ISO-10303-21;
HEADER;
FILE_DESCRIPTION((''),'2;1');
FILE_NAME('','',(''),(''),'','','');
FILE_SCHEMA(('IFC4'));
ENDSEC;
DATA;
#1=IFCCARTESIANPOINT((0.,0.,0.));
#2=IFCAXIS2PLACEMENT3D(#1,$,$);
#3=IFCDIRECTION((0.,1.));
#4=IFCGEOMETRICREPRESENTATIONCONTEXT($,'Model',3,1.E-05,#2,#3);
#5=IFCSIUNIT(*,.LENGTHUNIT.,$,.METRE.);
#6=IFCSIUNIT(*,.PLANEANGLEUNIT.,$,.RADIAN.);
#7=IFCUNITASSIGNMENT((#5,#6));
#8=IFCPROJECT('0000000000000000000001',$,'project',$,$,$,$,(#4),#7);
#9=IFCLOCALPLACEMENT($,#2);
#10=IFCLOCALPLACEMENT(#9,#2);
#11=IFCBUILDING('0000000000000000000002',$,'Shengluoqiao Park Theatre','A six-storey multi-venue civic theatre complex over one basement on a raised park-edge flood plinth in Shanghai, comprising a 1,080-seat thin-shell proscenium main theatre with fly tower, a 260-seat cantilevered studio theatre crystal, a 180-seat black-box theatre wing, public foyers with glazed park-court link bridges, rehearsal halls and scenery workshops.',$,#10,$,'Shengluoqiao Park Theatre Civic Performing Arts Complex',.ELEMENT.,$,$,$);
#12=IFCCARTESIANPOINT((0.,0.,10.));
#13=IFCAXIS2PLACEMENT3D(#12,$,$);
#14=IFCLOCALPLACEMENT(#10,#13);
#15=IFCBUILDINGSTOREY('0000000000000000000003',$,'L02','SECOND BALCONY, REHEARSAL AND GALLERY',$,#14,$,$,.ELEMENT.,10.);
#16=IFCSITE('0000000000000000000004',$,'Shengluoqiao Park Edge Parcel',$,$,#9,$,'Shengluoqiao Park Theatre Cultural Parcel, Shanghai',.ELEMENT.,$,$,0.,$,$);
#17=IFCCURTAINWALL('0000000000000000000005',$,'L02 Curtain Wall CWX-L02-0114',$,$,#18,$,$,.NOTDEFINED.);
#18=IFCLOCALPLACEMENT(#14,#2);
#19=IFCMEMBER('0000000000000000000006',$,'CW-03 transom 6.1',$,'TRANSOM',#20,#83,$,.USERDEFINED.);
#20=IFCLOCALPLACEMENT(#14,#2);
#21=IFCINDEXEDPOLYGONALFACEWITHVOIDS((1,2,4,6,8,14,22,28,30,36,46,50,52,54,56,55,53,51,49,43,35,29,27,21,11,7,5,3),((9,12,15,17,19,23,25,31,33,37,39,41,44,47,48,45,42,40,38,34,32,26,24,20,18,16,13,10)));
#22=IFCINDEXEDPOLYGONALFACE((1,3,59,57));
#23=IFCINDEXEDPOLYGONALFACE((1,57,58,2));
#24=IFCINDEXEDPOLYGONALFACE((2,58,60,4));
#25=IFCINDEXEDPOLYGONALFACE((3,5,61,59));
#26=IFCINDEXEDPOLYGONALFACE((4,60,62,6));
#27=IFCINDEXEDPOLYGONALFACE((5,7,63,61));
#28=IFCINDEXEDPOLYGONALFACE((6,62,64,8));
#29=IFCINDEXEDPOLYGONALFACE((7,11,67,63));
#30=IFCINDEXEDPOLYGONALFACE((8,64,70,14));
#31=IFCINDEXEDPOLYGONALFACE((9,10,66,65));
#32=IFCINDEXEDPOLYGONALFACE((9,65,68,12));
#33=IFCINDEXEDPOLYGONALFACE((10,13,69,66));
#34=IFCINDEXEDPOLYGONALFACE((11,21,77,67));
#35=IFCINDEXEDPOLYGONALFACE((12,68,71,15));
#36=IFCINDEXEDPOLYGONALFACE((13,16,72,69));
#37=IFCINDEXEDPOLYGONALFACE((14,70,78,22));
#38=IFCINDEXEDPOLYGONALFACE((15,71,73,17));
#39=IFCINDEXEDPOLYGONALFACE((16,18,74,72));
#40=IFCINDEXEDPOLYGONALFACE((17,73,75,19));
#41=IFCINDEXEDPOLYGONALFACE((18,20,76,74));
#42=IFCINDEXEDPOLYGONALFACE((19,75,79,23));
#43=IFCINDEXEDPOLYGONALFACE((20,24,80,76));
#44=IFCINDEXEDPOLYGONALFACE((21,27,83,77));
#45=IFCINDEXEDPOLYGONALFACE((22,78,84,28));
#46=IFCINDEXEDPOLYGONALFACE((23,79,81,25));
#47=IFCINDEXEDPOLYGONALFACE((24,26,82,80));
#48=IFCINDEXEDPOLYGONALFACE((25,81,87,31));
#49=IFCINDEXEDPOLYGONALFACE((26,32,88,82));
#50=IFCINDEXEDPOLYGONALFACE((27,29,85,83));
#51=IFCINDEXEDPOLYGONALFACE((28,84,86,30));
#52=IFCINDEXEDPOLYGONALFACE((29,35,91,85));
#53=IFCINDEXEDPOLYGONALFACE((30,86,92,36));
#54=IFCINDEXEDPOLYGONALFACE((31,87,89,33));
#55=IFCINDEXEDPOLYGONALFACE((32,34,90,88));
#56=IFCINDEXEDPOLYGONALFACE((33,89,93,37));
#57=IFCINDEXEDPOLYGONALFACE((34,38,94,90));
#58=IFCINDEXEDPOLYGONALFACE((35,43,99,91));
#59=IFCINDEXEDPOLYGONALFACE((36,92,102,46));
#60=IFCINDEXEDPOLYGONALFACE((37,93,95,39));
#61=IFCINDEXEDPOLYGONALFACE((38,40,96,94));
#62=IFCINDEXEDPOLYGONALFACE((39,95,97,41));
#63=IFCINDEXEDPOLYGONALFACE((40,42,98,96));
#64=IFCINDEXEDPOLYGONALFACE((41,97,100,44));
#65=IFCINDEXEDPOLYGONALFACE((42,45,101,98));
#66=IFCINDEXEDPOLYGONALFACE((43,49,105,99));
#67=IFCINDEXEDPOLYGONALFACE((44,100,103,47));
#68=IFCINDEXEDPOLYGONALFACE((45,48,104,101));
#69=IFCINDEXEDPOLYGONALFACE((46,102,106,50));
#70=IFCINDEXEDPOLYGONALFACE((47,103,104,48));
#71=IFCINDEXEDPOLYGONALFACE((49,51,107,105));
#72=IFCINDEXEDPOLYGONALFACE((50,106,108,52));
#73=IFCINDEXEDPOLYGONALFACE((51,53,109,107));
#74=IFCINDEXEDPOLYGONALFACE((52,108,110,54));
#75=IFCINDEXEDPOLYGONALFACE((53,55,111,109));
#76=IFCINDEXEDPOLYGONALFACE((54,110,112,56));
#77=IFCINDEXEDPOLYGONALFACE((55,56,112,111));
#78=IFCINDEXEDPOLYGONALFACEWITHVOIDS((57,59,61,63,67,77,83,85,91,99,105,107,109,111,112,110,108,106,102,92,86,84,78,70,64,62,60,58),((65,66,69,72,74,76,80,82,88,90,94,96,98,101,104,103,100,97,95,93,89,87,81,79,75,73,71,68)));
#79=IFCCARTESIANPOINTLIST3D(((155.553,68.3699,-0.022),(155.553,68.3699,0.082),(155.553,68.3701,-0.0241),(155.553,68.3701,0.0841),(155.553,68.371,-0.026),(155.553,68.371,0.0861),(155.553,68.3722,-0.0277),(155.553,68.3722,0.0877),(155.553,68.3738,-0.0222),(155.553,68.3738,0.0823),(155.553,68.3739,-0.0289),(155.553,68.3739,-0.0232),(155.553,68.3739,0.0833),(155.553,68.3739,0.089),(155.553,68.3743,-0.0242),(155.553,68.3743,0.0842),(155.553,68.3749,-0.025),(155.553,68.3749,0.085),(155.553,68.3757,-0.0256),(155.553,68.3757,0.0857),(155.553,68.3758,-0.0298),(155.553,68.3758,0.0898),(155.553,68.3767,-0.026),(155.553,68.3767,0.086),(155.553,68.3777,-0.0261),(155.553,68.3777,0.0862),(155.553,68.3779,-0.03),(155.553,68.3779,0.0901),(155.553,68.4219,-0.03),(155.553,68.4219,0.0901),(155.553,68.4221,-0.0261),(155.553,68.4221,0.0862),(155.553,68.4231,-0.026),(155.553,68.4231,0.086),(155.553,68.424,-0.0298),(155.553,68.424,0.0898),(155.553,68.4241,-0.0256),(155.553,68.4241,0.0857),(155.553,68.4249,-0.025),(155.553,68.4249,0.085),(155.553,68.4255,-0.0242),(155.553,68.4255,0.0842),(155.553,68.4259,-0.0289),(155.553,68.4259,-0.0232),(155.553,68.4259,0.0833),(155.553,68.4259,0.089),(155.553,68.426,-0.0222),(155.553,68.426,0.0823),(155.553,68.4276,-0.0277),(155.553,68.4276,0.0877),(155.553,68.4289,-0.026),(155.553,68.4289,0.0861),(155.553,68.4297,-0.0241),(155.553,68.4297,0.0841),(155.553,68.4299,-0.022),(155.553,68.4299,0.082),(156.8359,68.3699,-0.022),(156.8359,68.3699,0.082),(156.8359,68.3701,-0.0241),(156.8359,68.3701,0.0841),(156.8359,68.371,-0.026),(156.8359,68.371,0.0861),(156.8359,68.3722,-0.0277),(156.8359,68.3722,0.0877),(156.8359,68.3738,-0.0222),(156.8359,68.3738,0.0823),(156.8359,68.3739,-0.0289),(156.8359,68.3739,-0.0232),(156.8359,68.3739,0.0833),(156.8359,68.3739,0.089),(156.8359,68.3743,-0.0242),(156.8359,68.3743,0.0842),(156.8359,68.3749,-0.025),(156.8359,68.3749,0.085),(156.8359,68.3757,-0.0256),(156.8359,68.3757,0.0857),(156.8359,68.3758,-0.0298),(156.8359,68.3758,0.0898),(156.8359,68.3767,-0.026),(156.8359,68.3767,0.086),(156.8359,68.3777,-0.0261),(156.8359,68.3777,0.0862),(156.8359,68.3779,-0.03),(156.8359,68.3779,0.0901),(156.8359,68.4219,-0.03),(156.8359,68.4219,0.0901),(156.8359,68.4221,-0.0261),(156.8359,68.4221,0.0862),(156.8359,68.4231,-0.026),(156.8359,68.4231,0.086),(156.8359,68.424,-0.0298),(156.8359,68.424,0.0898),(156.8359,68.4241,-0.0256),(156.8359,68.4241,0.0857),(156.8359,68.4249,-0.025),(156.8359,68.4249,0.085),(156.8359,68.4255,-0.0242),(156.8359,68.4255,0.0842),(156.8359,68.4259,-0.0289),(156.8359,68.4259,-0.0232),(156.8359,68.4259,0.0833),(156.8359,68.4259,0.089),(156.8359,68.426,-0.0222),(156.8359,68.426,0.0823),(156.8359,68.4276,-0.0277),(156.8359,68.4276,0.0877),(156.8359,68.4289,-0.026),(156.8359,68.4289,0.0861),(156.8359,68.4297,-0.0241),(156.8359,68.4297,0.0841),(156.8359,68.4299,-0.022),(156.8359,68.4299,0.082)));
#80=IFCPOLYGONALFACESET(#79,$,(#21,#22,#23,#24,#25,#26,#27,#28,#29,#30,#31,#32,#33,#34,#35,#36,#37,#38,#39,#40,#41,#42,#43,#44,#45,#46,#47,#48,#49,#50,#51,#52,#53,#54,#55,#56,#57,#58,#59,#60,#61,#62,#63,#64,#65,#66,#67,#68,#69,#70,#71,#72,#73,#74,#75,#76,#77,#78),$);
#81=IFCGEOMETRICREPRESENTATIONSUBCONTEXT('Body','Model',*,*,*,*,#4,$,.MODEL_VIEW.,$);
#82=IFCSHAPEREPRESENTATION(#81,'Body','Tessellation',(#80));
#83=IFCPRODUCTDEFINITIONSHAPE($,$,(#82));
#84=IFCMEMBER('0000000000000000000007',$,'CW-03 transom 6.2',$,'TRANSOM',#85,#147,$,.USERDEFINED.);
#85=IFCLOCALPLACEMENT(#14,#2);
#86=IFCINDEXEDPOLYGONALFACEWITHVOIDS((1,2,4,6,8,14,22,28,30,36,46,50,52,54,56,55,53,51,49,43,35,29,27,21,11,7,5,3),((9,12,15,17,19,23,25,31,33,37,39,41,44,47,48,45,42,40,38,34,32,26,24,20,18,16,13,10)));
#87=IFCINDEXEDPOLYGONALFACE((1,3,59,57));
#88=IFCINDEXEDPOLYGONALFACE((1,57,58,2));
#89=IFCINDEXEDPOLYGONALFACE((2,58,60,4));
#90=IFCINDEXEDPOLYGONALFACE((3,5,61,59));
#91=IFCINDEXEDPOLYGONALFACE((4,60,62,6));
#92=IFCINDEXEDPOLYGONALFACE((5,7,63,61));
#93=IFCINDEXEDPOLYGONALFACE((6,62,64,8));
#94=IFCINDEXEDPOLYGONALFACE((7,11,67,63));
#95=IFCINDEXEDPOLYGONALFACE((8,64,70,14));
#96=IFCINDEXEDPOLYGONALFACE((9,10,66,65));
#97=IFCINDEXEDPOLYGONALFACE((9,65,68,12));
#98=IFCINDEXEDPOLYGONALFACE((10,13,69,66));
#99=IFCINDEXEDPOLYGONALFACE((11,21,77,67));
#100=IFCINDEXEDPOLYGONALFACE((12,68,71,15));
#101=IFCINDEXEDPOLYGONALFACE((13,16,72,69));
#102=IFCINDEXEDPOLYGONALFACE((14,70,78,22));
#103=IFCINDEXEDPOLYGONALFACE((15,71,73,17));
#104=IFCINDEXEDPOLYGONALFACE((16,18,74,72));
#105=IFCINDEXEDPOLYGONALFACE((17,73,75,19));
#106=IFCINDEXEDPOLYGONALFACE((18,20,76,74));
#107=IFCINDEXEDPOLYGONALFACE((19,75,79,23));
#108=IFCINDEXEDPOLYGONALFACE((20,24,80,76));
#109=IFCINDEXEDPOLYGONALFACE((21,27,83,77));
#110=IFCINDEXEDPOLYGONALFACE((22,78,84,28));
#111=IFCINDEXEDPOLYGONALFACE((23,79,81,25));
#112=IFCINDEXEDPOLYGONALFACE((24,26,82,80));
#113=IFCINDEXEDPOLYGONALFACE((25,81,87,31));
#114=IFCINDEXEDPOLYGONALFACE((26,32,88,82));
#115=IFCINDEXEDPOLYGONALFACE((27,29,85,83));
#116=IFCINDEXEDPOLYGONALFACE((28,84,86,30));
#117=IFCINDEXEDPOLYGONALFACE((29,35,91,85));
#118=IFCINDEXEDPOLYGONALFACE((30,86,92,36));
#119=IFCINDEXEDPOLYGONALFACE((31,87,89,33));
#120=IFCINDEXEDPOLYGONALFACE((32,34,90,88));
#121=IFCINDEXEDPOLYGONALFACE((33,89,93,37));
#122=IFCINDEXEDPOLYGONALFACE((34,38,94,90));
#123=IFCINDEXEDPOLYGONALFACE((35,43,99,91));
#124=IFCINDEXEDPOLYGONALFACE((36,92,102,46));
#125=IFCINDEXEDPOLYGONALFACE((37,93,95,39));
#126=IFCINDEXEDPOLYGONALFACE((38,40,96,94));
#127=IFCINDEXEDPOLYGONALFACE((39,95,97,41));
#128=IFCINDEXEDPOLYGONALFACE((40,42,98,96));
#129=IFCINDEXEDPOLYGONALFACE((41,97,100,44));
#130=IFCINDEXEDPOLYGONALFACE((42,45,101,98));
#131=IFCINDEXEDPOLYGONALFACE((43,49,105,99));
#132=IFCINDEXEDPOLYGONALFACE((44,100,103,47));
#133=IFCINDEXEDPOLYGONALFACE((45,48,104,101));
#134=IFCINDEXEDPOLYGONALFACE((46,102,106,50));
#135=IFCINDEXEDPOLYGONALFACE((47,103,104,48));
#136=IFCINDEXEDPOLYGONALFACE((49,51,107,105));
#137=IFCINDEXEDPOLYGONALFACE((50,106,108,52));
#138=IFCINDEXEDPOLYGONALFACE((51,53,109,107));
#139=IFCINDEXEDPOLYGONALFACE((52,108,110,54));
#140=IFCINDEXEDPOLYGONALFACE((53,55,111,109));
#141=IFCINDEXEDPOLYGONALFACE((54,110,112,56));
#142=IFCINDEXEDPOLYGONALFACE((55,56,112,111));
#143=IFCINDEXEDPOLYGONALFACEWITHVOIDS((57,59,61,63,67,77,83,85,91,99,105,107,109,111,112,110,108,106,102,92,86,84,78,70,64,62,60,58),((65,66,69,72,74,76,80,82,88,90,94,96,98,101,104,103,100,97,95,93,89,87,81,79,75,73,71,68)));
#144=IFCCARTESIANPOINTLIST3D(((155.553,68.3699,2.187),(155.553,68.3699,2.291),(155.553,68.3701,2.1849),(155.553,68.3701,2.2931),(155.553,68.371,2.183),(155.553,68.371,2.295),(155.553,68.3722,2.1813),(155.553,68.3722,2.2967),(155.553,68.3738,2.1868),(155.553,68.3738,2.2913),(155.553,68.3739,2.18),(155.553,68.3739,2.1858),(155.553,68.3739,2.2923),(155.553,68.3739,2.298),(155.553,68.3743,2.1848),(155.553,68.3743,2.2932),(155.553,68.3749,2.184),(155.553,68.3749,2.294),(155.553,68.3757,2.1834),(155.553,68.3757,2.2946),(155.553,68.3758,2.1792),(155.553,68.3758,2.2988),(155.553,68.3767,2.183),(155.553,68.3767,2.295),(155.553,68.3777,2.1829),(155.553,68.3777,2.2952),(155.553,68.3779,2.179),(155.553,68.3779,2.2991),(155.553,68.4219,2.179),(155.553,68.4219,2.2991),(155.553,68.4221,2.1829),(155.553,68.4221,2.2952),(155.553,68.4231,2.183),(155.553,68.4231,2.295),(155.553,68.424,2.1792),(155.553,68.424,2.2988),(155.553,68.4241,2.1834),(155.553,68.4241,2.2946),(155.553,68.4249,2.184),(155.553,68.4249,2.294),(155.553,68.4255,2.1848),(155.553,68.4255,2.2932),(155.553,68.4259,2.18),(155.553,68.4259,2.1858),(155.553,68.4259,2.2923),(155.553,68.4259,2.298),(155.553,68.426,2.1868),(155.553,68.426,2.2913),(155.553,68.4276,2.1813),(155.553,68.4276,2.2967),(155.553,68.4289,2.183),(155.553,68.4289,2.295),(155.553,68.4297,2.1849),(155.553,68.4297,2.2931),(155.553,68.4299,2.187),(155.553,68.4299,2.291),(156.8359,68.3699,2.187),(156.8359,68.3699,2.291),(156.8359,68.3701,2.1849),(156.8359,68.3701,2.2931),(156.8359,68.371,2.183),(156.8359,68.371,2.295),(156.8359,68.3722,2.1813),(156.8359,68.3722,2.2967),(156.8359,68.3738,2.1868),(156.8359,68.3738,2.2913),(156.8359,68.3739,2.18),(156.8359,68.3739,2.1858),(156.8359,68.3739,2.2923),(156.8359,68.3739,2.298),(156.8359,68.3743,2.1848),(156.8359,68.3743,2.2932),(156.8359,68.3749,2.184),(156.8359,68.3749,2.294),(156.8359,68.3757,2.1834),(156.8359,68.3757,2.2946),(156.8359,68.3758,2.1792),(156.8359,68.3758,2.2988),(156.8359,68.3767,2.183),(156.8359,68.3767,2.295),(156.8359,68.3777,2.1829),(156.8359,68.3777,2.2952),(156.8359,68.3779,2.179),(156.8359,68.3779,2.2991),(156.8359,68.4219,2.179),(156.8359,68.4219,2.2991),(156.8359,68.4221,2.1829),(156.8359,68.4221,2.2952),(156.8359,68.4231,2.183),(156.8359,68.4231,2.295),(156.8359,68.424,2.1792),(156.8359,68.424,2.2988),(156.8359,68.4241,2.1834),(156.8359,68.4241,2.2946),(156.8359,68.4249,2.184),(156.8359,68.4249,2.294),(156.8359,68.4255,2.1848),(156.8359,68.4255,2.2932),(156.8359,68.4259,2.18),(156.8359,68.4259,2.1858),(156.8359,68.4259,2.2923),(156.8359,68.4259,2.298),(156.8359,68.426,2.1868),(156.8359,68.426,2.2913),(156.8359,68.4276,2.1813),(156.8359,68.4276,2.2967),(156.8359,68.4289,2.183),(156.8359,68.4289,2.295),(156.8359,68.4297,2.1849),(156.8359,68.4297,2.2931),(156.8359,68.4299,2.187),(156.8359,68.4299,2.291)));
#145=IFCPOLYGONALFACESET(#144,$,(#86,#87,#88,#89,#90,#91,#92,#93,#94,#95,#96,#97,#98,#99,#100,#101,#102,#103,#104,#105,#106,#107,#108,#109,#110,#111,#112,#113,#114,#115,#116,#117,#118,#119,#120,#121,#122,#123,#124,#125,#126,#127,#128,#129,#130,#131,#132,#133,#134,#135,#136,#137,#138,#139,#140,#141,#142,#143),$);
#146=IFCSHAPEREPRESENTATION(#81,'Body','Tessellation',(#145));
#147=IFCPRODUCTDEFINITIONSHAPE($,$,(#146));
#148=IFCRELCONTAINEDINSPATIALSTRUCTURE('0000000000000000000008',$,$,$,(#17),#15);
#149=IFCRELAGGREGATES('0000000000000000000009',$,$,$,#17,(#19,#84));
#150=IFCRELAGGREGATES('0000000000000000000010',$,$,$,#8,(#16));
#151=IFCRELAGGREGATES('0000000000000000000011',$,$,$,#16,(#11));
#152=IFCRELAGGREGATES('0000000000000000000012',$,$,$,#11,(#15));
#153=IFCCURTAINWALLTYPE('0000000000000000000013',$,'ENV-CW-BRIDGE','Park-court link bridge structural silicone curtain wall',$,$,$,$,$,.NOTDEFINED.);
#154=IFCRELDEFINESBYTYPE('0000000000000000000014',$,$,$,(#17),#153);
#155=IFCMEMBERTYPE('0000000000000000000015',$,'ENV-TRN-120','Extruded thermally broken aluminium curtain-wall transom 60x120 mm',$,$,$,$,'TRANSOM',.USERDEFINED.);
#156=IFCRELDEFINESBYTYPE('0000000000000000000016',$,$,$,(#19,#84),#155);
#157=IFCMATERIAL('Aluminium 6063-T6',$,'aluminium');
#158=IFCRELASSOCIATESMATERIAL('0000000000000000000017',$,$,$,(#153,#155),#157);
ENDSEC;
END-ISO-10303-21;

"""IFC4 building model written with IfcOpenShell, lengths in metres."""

from ifc_helpers import new_model, si_unit, direction, frame, origin, origin_2d, place, context, subcontext, project, spatial, hollow_rectangle, extrude, material, material_profile, profile_set, type_object, element, aggregate, save


model = new_model("IFC4")

# Units and contexts
model_context = context("Model", 3, precision=1e-05, world=origin(), true_north=direction((0.0, 1.0)))
body_context = subcontext(model_context, "Body", "Model", "MODEL_VIEW")
ifc_project = project(units=[si_unit("LENGTHUNIT", "METRE"), si_unit("PLANEANGLEUNIT", "RADIAN")], contexts=[model_context])

# Site, building, storey
site_placement = place(None, origin())
site = spatial("IfcSite", under=ifc_project, at=site_placement, Name="Shengluoqiao Park Edge Parcel", LongName="Shengluoqiao Park Theatre Cultural Parcel, Shanghai", CompositionType="ELEMENT", RefElevation=0.0)
building_placement = place(site_placement, origin())
building = spatial("IfcBuilding", under=site, at=building_placement, Name="Shengluoqiao Park Theatre", Description="A six-storey multi-venue civic theatre complex over one basement on a raised park-edge flood plinth in Shanghai, comprising a 1,080-seat thin-shell proscenium main theatre with fly tower, a 260-seat cantilevered studio theatre crystal, a 180-seat black-box theatre wing, public foyers with glazed park-court link bridges, rehearsal halls and scenery workshops.", LongName="Shengluoqiao Park Theatre Civic Performing Arts Complex", CompositionType="ELEMENT")
storey_placement = place(building_placement, frame((0.0, 0.0, 10.0)))
storey = spatial("IfcBuildingStorey", under=building, at=storey_placement, Name="L02", Description="SECOND BALCONY, REHEARSAL AND GALLERY", CompositionType="ELEMENT", Elevation=10.0)

# Curtain wall, members
ifc_material_1 = material(Name="Aluminium 6063-T6", Category="aluminium")
curtain_wall_type = type_object("IfcCurtainWallType", Name="ENV-CW-BRIDGE", Description="Park-court link bridge structural silicone curtain wall", PredefinedType="NOTDEFINED", material=ifc_material_1)
curtain_wall_placement = place(storey_placement, origin())
curtain_wall = element("IfcCurtainWall", 1, at=curtain_wall_placement, inside=storey, type_object=curtain_wall_type, Name="L02 Curtain Wall CWX-L02-0114", PredefinedType="NOTDEFINED")
ifc_material_profile_1 = material_profile(ifc_material_1, hollow_rectangle(XDim=0.0601, YDim=0.1201, WallThickness=0.0039, InnerFilletRadius=0.0039, OuterFilletRadius=0.0081, at=origin_2d()), Name="ALU TRANSOM 120x60x4")
ifc_profile_set_1 = profile_set([ifc_material_profile_1], Name="Aluminium 6063-T6")
member_type_1 = type_object("IfcMemberType", Name="ENV-TRN-120", Description="Extruded thermally broken aluminium curtain-wall transom 60x120 mm", ElementType="TRANSOM", PredefinedType="USERDEFINED", material=ifc_profile_set_1)
member_1_placement = place(storey_placement, frame((155.553, 68.3999, 0.03), z_axis=(1.0, 0.0, 0.0), x_axis=(0.0, 1.0, 0.0)))
member_1 = element("IfcMember", 2, at=member_1_placement, type_object=member_type_1, Name="CW-03 transom 6.1", ObjectType="TRANSOM", PredefinedType="USERDEFINED", context=body_context, shape_type="SweptSolid", body=[
    extrude(hollow_rectangle(XDim=0.0601, YDim=0.1201, WallThickness=0.0039, InnerFilletRadius=0.0039, OuterFilletRadius=0.0081, at=origin_2d()), origin(), (0.0, 0.0, 1.0), 1.283),
])
member_2_placement = place(storey_placement, frame((155.553, 68.3999, 2.239), z_axis=(1.0, 0.0, 0.0), x_axis=(0.0, 1.0, 0.0)))
member_2 = element("IfcMember", 3, at=member_2_placement, type_object=member_type_1, Name="CW-03 transom 6.2", ObjectType="TRANSOM", PredefinedType="USERDEFINED", context=body_context, shape_type="SweptSolid", body=[
    extrude(hollow_rectangle(XDim=0.0601, YDim=0.1201, WallThickness=0.0039, InnerFilletRadius=0.0039, OuterFilletRadius=0.0081, at=origin_2d()), origin(), (0.0, 0.0, 1.0), 1.283),
])

aggregate(curtain_wall, [member_1, member_2])

save(model, "model.ifc")
